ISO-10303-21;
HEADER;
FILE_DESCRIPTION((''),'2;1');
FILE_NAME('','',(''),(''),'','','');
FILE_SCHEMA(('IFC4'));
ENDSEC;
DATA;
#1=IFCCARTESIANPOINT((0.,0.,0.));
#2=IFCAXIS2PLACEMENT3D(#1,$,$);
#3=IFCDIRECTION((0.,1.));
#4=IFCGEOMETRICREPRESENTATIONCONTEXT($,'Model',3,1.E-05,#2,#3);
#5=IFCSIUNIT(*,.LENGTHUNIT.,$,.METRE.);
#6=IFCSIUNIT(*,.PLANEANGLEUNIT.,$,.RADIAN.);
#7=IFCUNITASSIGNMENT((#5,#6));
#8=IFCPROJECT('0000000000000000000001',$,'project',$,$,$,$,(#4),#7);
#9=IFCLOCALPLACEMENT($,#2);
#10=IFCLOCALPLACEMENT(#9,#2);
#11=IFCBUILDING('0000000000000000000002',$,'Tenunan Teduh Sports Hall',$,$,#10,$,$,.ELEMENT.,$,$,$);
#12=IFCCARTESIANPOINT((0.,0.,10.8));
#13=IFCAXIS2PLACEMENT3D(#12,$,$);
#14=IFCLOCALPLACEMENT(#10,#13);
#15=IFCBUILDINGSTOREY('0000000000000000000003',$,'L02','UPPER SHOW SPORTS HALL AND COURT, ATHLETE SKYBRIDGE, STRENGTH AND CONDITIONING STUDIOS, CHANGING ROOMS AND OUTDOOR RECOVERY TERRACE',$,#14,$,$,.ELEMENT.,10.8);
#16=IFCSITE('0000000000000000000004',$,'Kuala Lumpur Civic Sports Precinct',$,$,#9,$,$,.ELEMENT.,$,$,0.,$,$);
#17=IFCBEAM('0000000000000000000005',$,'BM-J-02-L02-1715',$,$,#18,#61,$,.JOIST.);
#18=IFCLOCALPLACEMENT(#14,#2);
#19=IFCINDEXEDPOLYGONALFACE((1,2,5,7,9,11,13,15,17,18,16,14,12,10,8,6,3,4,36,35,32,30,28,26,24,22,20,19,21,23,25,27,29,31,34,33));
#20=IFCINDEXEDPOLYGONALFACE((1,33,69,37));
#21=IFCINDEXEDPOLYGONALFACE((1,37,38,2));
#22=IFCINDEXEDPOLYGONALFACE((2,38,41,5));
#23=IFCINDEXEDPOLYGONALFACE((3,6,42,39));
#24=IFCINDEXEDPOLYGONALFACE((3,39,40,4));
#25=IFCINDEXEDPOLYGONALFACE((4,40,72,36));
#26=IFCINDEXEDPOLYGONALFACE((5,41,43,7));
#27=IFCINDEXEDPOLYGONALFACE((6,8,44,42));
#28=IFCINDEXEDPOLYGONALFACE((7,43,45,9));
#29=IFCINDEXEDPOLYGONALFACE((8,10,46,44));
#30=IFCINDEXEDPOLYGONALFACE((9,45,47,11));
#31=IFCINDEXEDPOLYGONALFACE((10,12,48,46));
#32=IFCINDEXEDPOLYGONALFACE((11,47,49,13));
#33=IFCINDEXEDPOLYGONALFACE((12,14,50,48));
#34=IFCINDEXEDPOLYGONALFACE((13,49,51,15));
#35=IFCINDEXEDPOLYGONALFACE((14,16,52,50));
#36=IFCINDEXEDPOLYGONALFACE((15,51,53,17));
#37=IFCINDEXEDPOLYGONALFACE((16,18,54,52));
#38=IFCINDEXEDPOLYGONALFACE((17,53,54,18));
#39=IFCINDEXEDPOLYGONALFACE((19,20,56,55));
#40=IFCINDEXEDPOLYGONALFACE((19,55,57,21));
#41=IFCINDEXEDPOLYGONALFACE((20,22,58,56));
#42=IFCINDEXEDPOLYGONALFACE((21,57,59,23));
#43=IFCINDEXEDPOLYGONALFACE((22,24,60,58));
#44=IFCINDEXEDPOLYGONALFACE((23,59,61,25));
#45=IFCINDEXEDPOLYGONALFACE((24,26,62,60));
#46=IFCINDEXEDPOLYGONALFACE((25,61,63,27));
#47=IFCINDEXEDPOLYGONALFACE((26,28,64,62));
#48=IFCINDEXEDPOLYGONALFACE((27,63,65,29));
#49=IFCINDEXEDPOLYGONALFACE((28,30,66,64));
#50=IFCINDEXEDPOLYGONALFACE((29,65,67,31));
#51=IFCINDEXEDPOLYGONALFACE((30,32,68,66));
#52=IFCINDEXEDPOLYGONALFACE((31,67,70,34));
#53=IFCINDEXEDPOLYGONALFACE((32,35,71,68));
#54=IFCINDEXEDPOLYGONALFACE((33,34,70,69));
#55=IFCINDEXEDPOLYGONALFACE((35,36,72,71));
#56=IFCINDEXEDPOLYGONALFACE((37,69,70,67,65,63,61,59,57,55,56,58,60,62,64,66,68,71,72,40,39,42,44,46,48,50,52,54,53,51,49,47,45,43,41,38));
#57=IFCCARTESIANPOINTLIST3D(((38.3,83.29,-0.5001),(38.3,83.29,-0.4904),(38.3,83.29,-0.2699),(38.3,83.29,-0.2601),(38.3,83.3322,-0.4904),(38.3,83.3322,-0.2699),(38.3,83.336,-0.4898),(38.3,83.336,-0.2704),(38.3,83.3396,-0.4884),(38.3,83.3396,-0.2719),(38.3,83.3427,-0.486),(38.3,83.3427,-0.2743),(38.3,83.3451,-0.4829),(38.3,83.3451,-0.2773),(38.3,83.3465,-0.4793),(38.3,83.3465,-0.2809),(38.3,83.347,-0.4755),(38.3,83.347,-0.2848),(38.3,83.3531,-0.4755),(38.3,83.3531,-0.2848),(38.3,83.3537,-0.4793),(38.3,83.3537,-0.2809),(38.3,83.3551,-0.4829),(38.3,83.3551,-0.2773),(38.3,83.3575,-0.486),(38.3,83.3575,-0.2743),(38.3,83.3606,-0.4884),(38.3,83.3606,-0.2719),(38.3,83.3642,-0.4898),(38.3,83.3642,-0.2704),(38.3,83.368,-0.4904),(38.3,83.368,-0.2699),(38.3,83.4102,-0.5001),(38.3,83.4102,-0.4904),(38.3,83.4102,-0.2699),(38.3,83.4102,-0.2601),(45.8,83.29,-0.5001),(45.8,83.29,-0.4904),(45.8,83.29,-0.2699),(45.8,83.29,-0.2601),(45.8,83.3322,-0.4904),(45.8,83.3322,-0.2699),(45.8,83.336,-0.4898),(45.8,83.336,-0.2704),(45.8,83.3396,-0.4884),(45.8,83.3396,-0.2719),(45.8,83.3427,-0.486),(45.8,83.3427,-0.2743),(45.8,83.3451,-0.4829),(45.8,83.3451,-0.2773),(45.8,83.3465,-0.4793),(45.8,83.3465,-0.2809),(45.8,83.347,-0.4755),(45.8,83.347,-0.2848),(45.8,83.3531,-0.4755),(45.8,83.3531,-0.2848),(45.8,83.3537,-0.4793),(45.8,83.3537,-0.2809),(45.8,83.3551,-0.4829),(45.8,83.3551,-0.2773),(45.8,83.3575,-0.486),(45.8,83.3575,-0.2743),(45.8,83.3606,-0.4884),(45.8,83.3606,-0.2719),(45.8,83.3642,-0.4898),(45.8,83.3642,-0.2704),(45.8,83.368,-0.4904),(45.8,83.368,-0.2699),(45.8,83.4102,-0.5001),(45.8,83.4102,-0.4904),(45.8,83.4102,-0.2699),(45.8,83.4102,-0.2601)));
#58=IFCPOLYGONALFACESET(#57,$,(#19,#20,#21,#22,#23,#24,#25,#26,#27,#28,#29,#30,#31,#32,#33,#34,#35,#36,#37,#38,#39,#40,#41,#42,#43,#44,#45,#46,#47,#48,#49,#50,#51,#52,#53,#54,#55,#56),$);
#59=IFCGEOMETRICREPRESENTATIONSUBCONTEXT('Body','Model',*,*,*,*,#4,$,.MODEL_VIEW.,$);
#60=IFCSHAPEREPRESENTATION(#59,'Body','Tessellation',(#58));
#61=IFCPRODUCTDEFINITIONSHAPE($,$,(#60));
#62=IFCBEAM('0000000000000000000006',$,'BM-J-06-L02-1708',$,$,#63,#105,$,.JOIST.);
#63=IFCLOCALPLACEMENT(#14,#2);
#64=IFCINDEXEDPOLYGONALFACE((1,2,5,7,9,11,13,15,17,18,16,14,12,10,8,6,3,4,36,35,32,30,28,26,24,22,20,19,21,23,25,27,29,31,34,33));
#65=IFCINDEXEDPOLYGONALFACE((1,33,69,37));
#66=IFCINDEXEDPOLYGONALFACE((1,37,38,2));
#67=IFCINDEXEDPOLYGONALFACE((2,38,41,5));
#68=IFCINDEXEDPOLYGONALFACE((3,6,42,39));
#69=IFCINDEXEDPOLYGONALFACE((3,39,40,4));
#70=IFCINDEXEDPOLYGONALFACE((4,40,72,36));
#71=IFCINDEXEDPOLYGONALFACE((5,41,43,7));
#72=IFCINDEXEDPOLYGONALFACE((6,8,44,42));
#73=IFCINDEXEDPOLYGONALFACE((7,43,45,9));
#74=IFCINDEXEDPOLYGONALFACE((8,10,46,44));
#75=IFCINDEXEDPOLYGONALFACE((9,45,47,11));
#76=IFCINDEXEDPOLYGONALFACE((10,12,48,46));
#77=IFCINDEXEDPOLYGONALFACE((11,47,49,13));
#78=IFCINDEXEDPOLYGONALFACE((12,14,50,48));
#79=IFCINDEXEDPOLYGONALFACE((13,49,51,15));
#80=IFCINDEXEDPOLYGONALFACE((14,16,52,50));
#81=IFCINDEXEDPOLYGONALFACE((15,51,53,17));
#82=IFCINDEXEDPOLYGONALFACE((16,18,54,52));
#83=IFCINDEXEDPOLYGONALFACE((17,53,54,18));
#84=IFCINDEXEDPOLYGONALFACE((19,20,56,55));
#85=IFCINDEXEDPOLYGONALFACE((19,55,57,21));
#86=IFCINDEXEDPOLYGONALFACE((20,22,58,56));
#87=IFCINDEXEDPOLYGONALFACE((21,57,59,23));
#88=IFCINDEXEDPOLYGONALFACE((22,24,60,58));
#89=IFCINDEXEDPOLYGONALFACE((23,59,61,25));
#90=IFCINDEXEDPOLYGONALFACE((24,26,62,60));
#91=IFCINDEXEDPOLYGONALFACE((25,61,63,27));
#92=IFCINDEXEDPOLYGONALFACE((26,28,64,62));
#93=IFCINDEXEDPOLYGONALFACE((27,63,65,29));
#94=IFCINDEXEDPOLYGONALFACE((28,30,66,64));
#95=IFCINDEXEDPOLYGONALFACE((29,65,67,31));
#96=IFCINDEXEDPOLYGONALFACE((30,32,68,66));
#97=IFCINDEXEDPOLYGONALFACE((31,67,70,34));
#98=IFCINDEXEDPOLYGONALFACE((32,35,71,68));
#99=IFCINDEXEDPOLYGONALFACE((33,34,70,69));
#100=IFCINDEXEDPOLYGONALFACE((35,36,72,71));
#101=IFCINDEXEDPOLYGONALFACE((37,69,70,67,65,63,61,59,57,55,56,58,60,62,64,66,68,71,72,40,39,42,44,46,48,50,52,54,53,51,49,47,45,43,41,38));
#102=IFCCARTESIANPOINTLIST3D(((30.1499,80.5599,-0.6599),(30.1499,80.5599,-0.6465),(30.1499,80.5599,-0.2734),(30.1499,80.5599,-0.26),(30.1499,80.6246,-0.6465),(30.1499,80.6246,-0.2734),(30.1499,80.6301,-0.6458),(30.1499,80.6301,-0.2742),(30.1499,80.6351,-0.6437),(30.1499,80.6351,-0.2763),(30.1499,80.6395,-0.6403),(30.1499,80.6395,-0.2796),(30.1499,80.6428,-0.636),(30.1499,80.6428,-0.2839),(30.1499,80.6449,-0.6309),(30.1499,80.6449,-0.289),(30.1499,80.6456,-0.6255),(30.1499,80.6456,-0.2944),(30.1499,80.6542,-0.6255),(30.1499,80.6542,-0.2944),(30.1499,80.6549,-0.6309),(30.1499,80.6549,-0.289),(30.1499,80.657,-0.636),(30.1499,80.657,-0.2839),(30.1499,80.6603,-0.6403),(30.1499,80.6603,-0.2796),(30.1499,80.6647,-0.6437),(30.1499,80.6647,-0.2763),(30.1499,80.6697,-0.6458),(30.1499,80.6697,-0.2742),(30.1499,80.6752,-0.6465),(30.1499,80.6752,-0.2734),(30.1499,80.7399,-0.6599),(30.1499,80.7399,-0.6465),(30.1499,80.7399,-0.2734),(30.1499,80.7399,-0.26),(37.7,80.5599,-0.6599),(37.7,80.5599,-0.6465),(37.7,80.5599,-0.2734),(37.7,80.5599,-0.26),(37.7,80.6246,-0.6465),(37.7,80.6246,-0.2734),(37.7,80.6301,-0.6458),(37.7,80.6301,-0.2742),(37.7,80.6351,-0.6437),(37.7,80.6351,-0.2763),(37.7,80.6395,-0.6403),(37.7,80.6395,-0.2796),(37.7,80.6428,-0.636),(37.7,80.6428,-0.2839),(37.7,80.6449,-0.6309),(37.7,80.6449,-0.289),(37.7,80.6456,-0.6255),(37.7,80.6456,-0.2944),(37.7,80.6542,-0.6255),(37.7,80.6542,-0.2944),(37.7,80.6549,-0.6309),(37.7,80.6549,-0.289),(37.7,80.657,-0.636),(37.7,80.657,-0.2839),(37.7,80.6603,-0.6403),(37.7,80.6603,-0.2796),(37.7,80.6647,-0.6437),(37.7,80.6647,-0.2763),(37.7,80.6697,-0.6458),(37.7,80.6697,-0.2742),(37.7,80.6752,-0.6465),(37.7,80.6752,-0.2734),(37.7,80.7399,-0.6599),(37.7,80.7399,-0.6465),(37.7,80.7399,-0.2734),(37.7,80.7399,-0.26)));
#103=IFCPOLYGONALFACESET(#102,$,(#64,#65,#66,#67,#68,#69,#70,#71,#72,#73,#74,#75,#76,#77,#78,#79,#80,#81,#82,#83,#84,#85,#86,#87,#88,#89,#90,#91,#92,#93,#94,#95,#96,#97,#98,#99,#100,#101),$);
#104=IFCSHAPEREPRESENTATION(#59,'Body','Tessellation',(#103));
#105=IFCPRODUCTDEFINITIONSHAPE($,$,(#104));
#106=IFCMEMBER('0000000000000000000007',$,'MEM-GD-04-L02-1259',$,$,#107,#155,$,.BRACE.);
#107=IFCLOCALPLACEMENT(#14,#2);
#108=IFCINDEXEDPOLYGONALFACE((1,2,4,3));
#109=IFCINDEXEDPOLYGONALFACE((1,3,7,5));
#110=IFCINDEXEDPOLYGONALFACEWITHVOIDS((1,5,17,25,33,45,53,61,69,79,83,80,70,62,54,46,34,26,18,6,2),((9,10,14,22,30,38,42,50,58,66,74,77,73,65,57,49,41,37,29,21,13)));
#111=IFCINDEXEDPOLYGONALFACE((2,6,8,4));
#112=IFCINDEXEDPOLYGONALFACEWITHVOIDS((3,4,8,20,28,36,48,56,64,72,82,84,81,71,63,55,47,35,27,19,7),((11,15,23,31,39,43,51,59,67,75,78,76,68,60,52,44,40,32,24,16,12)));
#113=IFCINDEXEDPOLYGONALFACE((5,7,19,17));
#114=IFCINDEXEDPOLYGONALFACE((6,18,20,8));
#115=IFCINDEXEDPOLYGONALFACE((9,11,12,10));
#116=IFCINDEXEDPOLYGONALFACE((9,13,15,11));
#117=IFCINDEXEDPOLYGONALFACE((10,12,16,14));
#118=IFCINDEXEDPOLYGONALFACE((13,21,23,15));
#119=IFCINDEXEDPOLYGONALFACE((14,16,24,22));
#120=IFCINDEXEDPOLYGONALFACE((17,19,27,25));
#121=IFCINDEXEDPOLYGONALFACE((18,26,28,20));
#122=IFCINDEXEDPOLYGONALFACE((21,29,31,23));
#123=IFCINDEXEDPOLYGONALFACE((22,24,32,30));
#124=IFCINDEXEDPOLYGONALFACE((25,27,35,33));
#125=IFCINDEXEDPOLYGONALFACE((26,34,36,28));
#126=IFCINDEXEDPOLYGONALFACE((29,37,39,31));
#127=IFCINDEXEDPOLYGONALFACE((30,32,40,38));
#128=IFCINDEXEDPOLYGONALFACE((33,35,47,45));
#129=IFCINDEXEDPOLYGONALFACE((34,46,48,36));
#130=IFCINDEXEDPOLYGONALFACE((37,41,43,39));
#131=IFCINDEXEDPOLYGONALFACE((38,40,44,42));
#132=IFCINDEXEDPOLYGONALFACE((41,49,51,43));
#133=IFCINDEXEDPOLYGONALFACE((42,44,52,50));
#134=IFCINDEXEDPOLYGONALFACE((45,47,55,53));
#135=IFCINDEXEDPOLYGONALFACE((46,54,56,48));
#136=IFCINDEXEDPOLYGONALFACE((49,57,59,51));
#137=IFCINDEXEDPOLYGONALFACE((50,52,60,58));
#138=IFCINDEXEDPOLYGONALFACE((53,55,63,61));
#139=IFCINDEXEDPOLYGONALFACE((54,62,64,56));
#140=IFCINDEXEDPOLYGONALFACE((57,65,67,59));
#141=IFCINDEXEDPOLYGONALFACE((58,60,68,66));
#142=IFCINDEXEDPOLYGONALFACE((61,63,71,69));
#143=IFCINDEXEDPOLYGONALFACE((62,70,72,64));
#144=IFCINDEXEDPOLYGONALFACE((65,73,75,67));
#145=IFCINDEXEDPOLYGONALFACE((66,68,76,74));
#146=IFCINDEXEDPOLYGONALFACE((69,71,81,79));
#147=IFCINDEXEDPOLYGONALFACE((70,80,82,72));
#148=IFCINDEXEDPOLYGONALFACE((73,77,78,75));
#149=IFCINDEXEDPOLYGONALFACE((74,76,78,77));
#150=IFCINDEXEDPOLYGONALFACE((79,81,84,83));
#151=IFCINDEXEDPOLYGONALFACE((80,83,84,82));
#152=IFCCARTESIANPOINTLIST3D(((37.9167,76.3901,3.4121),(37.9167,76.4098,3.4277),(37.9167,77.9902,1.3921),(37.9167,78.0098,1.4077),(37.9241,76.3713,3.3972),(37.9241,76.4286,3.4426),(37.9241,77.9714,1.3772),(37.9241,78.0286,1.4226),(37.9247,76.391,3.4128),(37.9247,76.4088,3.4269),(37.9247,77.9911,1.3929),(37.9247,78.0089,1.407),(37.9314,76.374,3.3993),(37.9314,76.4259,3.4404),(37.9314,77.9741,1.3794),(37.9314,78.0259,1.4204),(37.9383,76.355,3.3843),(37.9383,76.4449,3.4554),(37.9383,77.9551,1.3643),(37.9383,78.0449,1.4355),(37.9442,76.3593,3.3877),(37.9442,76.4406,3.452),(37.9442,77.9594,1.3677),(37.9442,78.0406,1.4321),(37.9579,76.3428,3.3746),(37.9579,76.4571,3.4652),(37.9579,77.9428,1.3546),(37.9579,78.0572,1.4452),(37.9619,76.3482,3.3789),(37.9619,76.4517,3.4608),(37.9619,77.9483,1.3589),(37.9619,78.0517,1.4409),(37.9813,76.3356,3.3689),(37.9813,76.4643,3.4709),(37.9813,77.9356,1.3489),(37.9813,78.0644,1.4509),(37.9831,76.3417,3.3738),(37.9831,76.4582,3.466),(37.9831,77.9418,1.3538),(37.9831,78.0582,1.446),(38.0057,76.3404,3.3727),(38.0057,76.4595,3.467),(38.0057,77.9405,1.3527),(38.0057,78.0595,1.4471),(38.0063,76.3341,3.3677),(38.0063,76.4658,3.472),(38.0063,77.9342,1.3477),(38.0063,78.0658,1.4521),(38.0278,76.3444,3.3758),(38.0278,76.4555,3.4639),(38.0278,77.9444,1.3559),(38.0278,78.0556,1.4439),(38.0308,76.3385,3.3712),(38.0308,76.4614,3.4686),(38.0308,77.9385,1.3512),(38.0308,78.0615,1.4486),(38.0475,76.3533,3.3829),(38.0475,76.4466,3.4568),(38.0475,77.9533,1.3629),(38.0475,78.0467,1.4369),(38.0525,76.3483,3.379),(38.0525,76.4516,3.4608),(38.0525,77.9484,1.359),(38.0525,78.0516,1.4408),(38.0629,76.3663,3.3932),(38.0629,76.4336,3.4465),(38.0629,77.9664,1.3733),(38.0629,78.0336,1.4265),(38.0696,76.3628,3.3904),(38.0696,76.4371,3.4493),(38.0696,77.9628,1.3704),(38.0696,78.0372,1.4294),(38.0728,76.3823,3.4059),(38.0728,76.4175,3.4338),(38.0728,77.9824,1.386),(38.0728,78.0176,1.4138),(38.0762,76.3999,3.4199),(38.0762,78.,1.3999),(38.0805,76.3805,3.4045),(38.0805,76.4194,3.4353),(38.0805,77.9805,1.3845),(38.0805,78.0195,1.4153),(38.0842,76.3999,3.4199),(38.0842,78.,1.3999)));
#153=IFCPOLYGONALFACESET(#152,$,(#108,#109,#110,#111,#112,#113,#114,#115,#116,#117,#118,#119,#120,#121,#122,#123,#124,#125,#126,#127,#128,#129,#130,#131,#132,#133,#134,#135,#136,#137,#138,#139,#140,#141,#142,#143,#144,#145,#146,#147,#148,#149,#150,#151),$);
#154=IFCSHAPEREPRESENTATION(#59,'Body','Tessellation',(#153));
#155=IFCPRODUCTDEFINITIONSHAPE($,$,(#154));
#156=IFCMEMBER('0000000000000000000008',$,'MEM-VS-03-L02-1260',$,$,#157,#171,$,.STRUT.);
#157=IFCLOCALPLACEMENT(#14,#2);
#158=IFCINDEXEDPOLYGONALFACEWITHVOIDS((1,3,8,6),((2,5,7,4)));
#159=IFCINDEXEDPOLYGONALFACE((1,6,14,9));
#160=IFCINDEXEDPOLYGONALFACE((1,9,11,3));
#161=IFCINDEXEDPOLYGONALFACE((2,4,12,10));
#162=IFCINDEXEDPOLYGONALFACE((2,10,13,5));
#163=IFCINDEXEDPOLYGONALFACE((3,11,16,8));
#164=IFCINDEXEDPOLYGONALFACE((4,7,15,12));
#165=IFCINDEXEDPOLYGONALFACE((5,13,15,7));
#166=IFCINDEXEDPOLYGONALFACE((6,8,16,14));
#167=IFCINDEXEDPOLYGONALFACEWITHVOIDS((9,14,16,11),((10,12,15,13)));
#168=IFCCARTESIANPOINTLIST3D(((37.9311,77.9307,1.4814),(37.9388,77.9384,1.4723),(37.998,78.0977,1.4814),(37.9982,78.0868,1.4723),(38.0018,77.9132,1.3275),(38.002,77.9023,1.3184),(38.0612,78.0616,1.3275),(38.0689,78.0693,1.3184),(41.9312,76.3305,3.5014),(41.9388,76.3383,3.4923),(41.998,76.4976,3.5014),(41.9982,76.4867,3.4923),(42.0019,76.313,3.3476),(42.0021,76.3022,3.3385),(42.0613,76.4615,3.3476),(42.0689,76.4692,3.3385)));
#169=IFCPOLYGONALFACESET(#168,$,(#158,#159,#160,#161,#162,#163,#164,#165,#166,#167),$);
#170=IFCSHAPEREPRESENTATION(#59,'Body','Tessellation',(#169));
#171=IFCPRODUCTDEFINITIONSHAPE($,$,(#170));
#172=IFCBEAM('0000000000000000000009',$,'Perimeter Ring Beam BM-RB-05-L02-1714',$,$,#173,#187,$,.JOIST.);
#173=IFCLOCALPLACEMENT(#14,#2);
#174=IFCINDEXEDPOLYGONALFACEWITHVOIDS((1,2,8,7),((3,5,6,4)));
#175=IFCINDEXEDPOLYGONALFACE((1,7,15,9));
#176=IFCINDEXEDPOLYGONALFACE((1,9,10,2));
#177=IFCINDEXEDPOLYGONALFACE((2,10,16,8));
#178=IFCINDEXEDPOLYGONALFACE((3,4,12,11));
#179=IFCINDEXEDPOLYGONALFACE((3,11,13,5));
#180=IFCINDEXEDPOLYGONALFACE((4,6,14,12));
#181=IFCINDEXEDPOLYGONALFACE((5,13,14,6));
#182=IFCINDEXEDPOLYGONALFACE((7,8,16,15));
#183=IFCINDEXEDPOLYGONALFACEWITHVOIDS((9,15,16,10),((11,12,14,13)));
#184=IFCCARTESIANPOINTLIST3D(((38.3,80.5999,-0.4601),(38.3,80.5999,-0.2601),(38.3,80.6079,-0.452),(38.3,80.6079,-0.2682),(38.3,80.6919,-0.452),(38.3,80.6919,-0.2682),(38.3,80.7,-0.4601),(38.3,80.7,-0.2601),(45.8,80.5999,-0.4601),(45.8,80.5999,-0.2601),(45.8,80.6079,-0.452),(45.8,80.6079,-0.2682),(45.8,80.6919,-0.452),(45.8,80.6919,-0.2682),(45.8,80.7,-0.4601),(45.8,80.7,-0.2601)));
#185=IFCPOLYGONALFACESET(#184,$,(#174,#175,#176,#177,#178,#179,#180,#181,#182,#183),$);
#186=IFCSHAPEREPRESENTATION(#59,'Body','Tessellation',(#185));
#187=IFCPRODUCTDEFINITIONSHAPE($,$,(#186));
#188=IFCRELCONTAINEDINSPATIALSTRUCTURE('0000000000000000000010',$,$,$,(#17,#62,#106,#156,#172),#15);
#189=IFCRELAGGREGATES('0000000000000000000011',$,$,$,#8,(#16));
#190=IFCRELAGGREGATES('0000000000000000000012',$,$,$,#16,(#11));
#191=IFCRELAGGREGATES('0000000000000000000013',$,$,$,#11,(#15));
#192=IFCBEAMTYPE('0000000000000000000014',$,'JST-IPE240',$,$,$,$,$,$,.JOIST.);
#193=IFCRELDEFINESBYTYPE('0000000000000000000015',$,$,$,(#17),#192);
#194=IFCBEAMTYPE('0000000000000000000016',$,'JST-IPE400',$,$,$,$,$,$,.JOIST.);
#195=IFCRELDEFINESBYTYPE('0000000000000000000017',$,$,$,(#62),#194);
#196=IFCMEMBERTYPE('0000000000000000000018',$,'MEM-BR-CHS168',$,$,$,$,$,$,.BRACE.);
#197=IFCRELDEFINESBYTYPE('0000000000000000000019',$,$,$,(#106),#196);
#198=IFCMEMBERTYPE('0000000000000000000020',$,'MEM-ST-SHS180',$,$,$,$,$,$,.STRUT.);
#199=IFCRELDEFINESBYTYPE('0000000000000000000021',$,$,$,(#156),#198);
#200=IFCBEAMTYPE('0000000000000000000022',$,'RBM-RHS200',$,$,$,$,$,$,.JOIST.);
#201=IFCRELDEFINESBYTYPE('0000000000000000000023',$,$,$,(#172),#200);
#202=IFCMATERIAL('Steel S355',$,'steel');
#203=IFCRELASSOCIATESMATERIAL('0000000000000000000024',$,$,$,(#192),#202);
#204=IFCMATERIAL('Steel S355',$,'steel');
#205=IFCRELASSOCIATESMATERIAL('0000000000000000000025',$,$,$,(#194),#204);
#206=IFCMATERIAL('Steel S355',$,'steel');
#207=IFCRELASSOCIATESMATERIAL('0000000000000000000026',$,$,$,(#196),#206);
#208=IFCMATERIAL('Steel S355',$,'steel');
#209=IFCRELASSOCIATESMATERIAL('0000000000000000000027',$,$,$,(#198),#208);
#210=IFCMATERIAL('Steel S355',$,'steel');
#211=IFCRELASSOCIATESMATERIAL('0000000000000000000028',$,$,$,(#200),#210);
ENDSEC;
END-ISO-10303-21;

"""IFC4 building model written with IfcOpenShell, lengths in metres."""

from ifc_helpers import new_model, si_unit, direction, frame, origin, origin_2d, place, context, subcontext, project, spatial, hollow_rectangle, hollow_circle, i_section, extrude, material, material_profile, profile_set, type_object, element, save


model = new_model("IFC4")

# Units and contexts
model_context = context("Model", 3, precision=1e-05, world=origin(), true_north=direction((0.0, 1.0)))
body_context = subcontext(model_context, "Body", "Model", "MODEL_VIEW")
ifc_project = project(units=[si_unit("LENGTHUNIT", "METRE"), si_unit("PLANEANGLEUNIT", "RADIAN")], contexts=[model_context])

# Site, building, storey
site_placement = place(None, origin())
site = spatial("IfcSite", under=ifc_project, at=site_placement, Name="Kuala Lumpur Civic Sports Precinct", CompositionType="ELEMENT", RefElevation=0.0)
building_placement = place(site_placement, origin())
building = spatial("IfcBuilding", under=site, at=building_placement, Name="Tenunan Teduh Sports Hall", CompositionType="ELEMENT")
storey_placement = place(building_placement, frame((0.0, 0.0, 10.8)))
storey = spatial("IfcBuildingStorey", under=building, at=storey_placement, Name="L02", Description="UPPER SHOW SPORTS HALL AND COURT, ATHLETE SKYBRIDGE, STRENGTH AND CONDITIONING STUDIOS, CHANGING ROOMS AND OUTDOOR RECOVERY TERRACE", CompositionType="ELEMENT", Elevation=10.8)

# Beams
ifc_material_1 = material(Name="Steel S355", Category="steel")
ifc_material_profile_1 = material_profile(ifc_material_1, i_section(OverallWidth=0.1201, OverallDepth=0.24, WebThickness=0.0061, FlangeThickness=0.0098, FilletRadius=0.0149, at=origin_2d()), Name="IPE 240")
ifc_profile_set_1 = profile_set([ifc_material_profile_1], Name="Steel S355")
beam_type_1 = type_object("IfcBeamType", Name="JST-IPE240", PredefinedType="JOIST", material=ifc_profile_set_1)
beam_1_placement = place(storey_placement, frame((38.3, 83.3501, -0.3801), z_axis=(1.0, 0.0, 0.0), x_axis=(0.0, 1.0, 0.0)))
element("IfcBeam", 1, at=beam_1_placement, inside=storey, type_object=beam_type_1, Name="BM-J-02-L02-1715", PredefinedType="JOIST", context=body_context, shape_type="SweptSolid", body=[
    extrude(i_section(OverallWidth=0.1201, OverallDepth=0.24, WebThickness=0.0061, FlangeThickness=0.0098, FilletRadius=0.0149, at=origin_2d()), origin(), (0.0, 0.0, 1.0), 7.5),
])
ifc_material_2 = material(Name="Steel S355", Category="steel")
ifc_material_profile_2 = material_profile(ifc_material_2, i_section(OverallWidth=0.1799, OverallDepth=0.3999, WebThickness=0.0085, FlangeThickness=0.0134, FilletRadius=0.021, at=origin_2d()), Name="IPE 400")
ifc_profile_set_2 = profile_set([ifc_material_profile_2], Name="Steel S355")
beam_type_2 = type_object("IfcBeamType", Name="JST-IPE400", PredefinedType="JOIST", material=ifc_profile_set_2)
beam_2_placement = place(storey_placement, frame((30.1499, 80.6499, -0.46), z_axis=(1.0, 0.0, 0.0), x_axis=(0.0, 1.0, 0.0)))
element("IfcBeam", 2, at=beam_2_placement, inside=storey, type_object=beam_type_2, Name="BM-J-06-L02-1708", PredefinedType="JOIST", context=body_context, shape_type="SweptSolid", body=[
    extrude(i_section(OverallWidth=0.1799, OverallDepth=0.3999, WebThickness=0.0085, FlangeThickness=0.0134, FilletRadius=0.021, at=origin_2d()), origin(), (0.0, 0.0, 1.0), 7.55),
])

# Members
ifc_material_3 = material(Name="Steel S355", Category="steel")
ifc_material_profile_3 = material_profile(ifc_material_3, hollow_circle(Radius=0.0842, WallThickness=0.0081, at=origin_2d()), Name="CHS 168.3x8.0")
ifc_profile_set_3 = profile_set([ifc_material_profile_3], Name="Steel S355")
member_type_1 = type_object("IfcMemberType", Name="MEM-BR-CHS168", PredefinedType="BRACE", material=ifc_profile_set_3)
member_1_placement = place(storey_placement, frame((38.0, 78.0, 1.3999), z_axis=(0.0, -0.620921, 0.783873), x_axis=(1.0, 0.0, 0.0)))
element("IfcMember", 3, at=member_1_placement, inside=storey, type_object=member_type_1, Name="MEM-GD-04-L02-1259", PredefinedType="BRACE", context=body_context, shape_type="SweptSolid", body=[
    extrude(hollow_circle(Radius=0.0842, WallThickness=0.0081, at=origin_2d()), origin(), (0.0, 0.0, 1.0), 2.5769),
])
ifc_material_4 = material(Name="Steel S355", Category="steel")
ifc_material_profile_4 = material_profile(ifc_material_4, hollow_rectangle(XDim=0.1799, YDim=0.1799, WallThickness=0.01, at=origin_2d()), Name="SHS 180x180x10.0")
ifc_profile_set_4 = profile_set([ifc_material_profile_4], Name="Steel S355")
member_type_2 = type_object("IfcMemberType", Name="MEM-ST-SHS180", PredefinedType="STRUT", material=ifc_profile_set_4)
member_2_placement = place(storey_placement, frame((38.0, 78.0, 1.3999), z_axis=(0.840648, -0.33628, 0.424531), x_axis=(0.37141, 0.928469, 0.0)))
element("IfcMember", 4, at=member_2_placement, inside=storey, type_object=member_type_2, Name="MEM-VS-03-L02-1260", PredefinedType="STRUT", context=body_context, shape_type="SweptSolid", body=[
    extrude(hollow_rectangle(XDim=0.1799, YDim=0.1799, WallThickness=0.01, at=origin_2d()), origin(), (0.0, 0.0, 1.0), 4.7583),
])

# Beam
ifc_material_5 = material(Name="Steel S355", Category="steel")
ifc_material_profile_5 = material_profile(ifc_material_5, hollow_rectangle(XDim=0.1001, YDim=0.2, WallThickness=0.0081, at=origin_2d()), Name="RHS 200x100x8.0")
ifc_profile_set_5 = profile_set([ifc_material_profile_5], Name="Steel S355")
beam_type_3 = type_object("IfcBeamType", Name="RBM-RHS200", PredefinedType="JOIST", material=ifc_profile_set_5)
beam_3_placement = place(storey_placement, frame((38.3, 80.6499, -0.3601), z_axis=(1.0, 0.0, 0.0), x_axis=(0.0, 1.0, 0.0)))
element("IfcBeam", 5, at=beam_3_placement, inside=storey, type_object=beam_type_3, Name="Perimeter Ring Beam BM-RB-05-L02-1714", PredefinedType="JOIST", context=body_context, shape_type="SweptSolid", body=[
    extrude(hollow_rectangle(XDim=0.1001, YDim=0.2, WallThickness=0.0081, at=origin_2d()), origin(), (0.0, 0.0, 1.0), 7.5),
])

save(model, "model.ifc")
